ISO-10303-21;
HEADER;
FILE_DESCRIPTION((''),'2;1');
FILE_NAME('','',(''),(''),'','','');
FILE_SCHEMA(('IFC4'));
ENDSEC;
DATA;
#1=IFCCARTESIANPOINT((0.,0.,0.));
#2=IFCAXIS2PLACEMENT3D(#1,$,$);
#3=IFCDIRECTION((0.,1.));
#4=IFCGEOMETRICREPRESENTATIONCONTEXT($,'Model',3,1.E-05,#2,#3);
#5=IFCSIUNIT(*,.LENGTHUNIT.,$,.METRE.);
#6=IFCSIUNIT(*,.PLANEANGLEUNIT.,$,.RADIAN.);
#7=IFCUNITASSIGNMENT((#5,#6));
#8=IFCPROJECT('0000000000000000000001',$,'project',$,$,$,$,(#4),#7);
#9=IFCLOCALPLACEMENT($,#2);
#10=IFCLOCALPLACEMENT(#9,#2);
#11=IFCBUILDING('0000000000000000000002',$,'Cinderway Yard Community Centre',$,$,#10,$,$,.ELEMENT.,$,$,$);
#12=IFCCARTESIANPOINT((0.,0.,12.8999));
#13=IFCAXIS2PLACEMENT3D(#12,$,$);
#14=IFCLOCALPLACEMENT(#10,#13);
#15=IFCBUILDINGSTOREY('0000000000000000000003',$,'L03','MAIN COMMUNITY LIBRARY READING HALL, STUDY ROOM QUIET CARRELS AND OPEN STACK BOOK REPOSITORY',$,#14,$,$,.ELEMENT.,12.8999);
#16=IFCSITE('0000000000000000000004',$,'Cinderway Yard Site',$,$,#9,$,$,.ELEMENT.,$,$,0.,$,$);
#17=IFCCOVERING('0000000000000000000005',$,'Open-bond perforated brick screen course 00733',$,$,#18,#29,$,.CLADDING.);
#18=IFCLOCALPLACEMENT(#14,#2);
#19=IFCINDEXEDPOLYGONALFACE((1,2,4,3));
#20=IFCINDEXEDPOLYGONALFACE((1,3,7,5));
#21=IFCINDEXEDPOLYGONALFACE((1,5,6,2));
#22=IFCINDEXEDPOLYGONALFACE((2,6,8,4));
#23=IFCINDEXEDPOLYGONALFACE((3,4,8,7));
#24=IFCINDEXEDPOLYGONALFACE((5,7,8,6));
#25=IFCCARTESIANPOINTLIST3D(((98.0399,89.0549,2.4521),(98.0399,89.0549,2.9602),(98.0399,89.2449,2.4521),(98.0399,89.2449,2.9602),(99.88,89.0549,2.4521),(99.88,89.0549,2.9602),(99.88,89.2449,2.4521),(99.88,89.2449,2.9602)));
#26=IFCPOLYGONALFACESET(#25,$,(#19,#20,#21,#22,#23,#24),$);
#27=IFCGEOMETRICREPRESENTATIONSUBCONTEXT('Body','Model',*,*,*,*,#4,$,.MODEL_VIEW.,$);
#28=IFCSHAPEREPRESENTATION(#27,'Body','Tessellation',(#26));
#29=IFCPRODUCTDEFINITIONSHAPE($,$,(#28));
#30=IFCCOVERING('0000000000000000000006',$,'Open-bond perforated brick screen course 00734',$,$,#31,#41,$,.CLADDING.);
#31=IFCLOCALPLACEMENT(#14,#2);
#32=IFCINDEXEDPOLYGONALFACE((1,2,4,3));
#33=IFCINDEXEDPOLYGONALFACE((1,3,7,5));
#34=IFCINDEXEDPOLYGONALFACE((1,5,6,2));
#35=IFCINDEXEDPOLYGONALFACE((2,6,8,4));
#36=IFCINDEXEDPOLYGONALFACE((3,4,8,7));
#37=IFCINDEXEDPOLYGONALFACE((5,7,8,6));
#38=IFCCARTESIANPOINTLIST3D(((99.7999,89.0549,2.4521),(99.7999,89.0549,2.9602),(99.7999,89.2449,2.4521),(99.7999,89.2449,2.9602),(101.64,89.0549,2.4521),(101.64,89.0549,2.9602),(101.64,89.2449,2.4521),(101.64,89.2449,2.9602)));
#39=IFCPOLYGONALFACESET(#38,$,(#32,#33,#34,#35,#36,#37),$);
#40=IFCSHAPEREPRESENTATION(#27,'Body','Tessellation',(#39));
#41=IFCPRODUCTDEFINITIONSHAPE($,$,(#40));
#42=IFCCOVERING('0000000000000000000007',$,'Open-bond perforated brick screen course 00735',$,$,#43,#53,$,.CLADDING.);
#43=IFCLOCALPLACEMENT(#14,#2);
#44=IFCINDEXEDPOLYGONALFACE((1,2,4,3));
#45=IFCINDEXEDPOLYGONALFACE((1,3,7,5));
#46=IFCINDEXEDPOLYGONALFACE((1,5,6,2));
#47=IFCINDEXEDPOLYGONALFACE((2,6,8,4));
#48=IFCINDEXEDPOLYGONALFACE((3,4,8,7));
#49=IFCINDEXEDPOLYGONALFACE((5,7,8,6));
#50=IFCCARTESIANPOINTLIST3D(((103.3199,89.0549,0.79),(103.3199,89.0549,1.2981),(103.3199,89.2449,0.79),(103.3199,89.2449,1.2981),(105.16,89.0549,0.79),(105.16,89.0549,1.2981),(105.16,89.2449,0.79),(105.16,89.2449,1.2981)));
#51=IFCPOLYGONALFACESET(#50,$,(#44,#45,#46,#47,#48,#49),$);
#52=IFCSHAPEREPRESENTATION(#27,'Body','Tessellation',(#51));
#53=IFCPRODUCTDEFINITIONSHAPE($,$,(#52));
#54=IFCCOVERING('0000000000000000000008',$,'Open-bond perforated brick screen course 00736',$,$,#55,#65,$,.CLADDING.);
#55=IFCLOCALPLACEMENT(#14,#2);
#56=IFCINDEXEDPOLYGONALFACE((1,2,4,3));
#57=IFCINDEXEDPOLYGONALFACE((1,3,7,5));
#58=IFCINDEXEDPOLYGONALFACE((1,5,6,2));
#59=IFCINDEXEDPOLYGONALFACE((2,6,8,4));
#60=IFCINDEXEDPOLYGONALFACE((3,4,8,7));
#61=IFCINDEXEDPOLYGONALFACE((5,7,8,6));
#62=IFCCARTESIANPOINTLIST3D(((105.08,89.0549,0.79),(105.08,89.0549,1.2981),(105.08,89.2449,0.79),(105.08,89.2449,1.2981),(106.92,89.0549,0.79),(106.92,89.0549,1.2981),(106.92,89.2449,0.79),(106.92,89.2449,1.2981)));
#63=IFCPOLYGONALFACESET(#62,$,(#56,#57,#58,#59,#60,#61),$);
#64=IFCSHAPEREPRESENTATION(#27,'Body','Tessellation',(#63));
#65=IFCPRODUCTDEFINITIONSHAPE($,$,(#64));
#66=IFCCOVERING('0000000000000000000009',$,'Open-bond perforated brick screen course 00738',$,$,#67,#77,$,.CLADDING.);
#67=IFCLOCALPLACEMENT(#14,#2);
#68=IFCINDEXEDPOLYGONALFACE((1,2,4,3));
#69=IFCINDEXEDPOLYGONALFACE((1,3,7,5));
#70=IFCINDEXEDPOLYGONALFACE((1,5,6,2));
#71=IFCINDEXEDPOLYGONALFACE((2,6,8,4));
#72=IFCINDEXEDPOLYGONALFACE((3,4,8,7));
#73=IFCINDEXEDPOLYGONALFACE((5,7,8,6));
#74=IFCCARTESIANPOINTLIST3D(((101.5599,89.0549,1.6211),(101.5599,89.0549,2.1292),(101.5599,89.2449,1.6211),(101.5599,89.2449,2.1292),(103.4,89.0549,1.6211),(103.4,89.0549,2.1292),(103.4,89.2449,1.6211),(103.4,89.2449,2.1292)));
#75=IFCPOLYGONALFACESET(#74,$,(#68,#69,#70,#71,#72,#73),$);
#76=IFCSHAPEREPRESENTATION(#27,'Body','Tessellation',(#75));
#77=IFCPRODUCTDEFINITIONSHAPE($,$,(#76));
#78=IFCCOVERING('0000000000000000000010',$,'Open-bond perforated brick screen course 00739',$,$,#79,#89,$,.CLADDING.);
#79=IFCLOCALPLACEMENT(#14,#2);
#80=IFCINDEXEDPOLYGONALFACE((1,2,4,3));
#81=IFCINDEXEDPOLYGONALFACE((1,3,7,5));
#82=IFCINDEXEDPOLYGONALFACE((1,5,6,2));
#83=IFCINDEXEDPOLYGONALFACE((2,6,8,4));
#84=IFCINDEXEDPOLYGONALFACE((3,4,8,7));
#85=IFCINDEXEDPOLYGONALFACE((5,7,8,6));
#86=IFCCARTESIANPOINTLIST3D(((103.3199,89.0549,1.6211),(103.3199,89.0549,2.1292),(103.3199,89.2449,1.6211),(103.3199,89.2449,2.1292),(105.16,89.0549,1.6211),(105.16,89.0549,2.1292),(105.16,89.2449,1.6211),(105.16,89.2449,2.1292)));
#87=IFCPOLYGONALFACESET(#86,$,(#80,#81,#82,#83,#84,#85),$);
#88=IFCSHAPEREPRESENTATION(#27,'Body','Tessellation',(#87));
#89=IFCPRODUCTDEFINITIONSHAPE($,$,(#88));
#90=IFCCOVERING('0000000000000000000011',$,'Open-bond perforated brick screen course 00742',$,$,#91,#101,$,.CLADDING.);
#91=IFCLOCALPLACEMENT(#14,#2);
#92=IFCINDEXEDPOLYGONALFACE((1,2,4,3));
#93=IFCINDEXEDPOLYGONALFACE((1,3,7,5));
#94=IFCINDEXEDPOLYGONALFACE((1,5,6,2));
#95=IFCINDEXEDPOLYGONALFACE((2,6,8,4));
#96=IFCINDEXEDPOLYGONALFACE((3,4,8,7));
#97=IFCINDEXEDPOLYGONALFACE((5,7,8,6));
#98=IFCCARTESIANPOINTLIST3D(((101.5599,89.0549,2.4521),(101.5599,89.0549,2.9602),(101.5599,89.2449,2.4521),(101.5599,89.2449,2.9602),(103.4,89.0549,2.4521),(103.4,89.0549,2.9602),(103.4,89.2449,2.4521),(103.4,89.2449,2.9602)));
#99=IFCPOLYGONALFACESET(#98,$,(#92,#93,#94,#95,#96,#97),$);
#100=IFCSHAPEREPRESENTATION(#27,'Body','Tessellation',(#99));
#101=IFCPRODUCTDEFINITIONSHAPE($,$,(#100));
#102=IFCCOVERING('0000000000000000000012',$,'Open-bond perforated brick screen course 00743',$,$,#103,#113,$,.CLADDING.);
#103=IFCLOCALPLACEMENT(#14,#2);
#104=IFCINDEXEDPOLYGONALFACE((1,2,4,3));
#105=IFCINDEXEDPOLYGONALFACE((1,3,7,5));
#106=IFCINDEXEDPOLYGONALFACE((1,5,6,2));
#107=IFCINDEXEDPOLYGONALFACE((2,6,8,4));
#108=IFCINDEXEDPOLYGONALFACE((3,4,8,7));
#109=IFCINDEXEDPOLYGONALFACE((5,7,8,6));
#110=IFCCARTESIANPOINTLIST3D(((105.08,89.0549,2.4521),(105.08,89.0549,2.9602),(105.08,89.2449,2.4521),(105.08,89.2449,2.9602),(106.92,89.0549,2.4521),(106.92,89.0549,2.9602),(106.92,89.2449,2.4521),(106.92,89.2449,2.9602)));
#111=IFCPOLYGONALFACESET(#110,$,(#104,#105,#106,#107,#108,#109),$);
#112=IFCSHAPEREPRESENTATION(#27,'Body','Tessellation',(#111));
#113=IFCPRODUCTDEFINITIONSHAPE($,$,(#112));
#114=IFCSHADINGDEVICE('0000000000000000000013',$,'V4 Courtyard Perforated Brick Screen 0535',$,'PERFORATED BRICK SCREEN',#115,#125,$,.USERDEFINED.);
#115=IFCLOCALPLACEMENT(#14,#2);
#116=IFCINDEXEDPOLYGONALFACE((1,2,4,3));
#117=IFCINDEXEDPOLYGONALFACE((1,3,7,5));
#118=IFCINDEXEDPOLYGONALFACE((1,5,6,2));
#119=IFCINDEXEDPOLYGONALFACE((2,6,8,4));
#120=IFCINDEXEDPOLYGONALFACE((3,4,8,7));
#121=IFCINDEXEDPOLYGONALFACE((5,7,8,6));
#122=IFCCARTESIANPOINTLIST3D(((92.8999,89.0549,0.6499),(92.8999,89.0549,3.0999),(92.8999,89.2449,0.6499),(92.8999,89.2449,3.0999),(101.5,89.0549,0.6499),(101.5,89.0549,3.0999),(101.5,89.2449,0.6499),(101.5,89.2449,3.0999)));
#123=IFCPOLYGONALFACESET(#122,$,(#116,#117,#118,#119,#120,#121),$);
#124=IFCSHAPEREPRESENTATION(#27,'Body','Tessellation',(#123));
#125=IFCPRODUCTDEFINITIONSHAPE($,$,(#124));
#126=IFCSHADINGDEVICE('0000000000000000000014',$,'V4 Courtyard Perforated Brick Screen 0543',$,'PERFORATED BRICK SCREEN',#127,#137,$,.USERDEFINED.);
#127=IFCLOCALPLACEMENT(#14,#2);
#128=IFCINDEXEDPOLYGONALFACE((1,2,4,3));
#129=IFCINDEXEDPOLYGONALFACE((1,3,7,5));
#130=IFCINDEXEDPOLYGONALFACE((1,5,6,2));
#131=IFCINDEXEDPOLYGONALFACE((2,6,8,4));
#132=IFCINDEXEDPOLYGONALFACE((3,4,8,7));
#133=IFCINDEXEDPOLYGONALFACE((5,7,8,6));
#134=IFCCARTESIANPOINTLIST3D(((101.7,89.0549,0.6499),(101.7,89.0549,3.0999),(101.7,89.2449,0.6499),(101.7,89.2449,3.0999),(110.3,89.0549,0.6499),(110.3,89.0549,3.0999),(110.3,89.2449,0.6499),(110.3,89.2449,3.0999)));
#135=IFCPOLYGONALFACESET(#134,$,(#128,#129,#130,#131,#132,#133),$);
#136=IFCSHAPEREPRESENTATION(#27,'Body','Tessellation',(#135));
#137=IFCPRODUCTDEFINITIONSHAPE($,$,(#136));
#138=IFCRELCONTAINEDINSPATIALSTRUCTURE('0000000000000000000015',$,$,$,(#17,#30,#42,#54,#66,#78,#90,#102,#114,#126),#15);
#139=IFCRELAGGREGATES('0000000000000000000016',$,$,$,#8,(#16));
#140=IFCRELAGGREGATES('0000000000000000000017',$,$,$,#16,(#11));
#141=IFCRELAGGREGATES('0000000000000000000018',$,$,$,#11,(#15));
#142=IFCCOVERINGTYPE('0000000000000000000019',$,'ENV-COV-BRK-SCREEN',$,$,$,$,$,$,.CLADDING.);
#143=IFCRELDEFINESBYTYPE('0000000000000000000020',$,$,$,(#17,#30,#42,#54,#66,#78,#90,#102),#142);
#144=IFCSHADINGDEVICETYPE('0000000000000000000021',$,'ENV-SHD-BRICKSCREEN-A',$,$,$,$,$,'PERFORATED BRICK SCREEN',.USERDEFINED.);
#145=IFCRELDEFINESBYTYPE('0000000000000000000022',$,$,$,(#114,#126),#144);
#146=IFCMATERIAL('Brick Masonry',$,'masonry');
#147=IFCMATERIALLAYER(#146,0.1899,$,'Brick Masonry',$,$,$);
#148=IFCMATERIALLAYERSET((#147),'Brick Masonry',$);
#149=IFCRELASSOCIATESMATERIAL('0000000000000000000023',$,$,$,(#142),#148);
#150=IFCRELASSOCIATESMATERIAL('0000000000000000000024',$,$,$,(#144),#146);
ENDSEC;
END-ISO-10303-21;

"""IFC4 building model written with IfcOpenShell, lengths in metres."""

from ifc_helpers import new_model, si_unit, direction, frame, origin, origin_2d, place, context, subcontext, project, spatial, rectangle, extrude, material, layer, layer_set, type_object, element, save


model = new_model("IFC4")

# Units and contexts
model_context = context("Model", 3, precision=1e-05, world=origin(), true_north=direction((0.0, 1.0)))
body_context = subcontext(model_context, "Body", "Model", "MODEL_VIEW")
ifc_project = project(units=[si_unit("LENGTHUNIT", "METRE"), si_unit("PLANEANGLEUNIT", "RADIAN")], contexts=[model_context])

# Site, building, storey
site_placement = place(None, origin())
site = spatial("IfcSite", under=ifc_project, at=site_placement, Name="Cinderway Yard Site", CompositionType="ELEMENT", RefElevation=0.0)
building_placement = place(site_placement, origin())
building = spatial("IfcBuilding", under=site, at=building_placement, Name="Cinderway Yard Community Centre", CompositionType="ELEMENT")
storey_placement = place(building_placement, frame((0.0, 0.0, 12.8999)))
storey = spatial("IfcBuildingStorey", under=building, at=storey_placement, Name="L03", Description="MAIN COMMUNITY LIBRARY READING HALL, STUDY ROOM QUIET CARRELS AND OPEN STACK BOOK REPOSITORY", CompositionType="ELEMENT", Elevation=12.8999)

# Coverings
ifc_material_1 = material(Name="Brick Masonry", Category="masonry")
ifc_layer_1 = layer(ifc_material_1, 0.1899, Name="Brick Masonry")
ifc_layer_set_1 = layer_set([ifc_layer_1], Name="Brick Masonry")
covering_type = type_object("IfcCoveringType", Name="ENV-COV-BRK-SCREEN", PredefinedType="CLADDING", material=ifc_layer_set_1)
for number, where, z_axis, x_axis, name in (
    (1, (98.96, 89.1499, 2.4521), (0.0, 0.0, 1.0), (-1.0, 0.0, 0.0), "Open-bond perforated brick screen course 00733"),
    (2, (100.72, 89.1499, 2.4521), (0.0, 0.0, 1.0), (-1.0, 0.0, 0.0), "Open-bond perforated brick screen course 00734"),
    (3, (104.24, 89.1499, 0.79), (0.0, 0.0, 1.0), (-1.0, 0.0, 0.0), "Open-bond perforated brick screen course 00735"),
    (4, (106.0, 89.1499, 0.79), (0.0, 0.0, 1.0), (-1.0, 0.0, 0.0), "Open-bond perforated brick screen course 00736"),
    (5, (102.48, 89.1499, 1.6211), (0.0, 0.0, 1.0), (-1.0, 0.0, 0.0), "Open-bond perforated brick screen course 00738"),
    (6, (104.24, 89.1499, 1.6211), (0.0, 0.0, 1.0), (-1.0, 0.0, 0.0), "Open-bond perforated brick screen course 00739"),
    (7, (102.48, 89.1499, 2.4521), (0.0, 0.0, 1.0), (-1.0, 0.0, 0.0), "Open-bond perforated brick screen course 00742"),
    (8, (106.0, 89.1499, 2.4521), (0.0, 0.0, 1.0), (-1.0, 0.0, 0.0), "Open-bond perforated brick screen course 00743"),
):
    element("IfcCovering", number, at=place(storey_placement, frame(where, z_axis=z_axis, x_axis=x_axis)), inside=storey, type_object=covering_type, Name=name, PredefinedType="CLADDING", context=body_context, shape_type="SweptSolid", body=[
        extrude(rectangle(XDim=1.8401, YDim=0.1899, at=origin_2d()), origin(), (0.0, 0.0, 1.0), 0.5081),
    ])

# Shading devices
shading_device_type = type_object("IfcShadingDeviceType", Name="ENV-SHD-BRICKSCREEN-A", ElementType="PERFORATED BRICK SCREEN", PredefinedType="USERDEFINED", material=ifc_material_1)
for number, where, z_axis, x_axis, name in (
    (9, (97.2, 89.1499, 0.6499), (0.0, 0.0, 1.0), (-1.0, 0.0, 0.0), "V4 Courtyard Perforated Brick Screen 0535"),
    (10, (106.0, 89.1499, 0.6499), (0.0, 0.0, 1.0), (-1.0, 0.0, 0.0), "V4 Courtyard Perforated Brick Screen 0543"),
):
    element("IfcShadingDevice", number, at=place(storey_placement, frame(where, z_axis=z_axis, x_axis=x_axis)), inside=storey, type_object=shading_device_type, Name=name, ObjectType="PERFORATED BRICK SCREEN", PredefinedType="USERDEFINED", context=body_context, shape_type="SweptSolid", body=[
        extrude(rectangle(XDim=8.6001, YDim=0.1899, at=origin_2d()), origin(), (0.0, 0.0, 1.0), 2.45),
    ])

save(model, "model.ifc")
